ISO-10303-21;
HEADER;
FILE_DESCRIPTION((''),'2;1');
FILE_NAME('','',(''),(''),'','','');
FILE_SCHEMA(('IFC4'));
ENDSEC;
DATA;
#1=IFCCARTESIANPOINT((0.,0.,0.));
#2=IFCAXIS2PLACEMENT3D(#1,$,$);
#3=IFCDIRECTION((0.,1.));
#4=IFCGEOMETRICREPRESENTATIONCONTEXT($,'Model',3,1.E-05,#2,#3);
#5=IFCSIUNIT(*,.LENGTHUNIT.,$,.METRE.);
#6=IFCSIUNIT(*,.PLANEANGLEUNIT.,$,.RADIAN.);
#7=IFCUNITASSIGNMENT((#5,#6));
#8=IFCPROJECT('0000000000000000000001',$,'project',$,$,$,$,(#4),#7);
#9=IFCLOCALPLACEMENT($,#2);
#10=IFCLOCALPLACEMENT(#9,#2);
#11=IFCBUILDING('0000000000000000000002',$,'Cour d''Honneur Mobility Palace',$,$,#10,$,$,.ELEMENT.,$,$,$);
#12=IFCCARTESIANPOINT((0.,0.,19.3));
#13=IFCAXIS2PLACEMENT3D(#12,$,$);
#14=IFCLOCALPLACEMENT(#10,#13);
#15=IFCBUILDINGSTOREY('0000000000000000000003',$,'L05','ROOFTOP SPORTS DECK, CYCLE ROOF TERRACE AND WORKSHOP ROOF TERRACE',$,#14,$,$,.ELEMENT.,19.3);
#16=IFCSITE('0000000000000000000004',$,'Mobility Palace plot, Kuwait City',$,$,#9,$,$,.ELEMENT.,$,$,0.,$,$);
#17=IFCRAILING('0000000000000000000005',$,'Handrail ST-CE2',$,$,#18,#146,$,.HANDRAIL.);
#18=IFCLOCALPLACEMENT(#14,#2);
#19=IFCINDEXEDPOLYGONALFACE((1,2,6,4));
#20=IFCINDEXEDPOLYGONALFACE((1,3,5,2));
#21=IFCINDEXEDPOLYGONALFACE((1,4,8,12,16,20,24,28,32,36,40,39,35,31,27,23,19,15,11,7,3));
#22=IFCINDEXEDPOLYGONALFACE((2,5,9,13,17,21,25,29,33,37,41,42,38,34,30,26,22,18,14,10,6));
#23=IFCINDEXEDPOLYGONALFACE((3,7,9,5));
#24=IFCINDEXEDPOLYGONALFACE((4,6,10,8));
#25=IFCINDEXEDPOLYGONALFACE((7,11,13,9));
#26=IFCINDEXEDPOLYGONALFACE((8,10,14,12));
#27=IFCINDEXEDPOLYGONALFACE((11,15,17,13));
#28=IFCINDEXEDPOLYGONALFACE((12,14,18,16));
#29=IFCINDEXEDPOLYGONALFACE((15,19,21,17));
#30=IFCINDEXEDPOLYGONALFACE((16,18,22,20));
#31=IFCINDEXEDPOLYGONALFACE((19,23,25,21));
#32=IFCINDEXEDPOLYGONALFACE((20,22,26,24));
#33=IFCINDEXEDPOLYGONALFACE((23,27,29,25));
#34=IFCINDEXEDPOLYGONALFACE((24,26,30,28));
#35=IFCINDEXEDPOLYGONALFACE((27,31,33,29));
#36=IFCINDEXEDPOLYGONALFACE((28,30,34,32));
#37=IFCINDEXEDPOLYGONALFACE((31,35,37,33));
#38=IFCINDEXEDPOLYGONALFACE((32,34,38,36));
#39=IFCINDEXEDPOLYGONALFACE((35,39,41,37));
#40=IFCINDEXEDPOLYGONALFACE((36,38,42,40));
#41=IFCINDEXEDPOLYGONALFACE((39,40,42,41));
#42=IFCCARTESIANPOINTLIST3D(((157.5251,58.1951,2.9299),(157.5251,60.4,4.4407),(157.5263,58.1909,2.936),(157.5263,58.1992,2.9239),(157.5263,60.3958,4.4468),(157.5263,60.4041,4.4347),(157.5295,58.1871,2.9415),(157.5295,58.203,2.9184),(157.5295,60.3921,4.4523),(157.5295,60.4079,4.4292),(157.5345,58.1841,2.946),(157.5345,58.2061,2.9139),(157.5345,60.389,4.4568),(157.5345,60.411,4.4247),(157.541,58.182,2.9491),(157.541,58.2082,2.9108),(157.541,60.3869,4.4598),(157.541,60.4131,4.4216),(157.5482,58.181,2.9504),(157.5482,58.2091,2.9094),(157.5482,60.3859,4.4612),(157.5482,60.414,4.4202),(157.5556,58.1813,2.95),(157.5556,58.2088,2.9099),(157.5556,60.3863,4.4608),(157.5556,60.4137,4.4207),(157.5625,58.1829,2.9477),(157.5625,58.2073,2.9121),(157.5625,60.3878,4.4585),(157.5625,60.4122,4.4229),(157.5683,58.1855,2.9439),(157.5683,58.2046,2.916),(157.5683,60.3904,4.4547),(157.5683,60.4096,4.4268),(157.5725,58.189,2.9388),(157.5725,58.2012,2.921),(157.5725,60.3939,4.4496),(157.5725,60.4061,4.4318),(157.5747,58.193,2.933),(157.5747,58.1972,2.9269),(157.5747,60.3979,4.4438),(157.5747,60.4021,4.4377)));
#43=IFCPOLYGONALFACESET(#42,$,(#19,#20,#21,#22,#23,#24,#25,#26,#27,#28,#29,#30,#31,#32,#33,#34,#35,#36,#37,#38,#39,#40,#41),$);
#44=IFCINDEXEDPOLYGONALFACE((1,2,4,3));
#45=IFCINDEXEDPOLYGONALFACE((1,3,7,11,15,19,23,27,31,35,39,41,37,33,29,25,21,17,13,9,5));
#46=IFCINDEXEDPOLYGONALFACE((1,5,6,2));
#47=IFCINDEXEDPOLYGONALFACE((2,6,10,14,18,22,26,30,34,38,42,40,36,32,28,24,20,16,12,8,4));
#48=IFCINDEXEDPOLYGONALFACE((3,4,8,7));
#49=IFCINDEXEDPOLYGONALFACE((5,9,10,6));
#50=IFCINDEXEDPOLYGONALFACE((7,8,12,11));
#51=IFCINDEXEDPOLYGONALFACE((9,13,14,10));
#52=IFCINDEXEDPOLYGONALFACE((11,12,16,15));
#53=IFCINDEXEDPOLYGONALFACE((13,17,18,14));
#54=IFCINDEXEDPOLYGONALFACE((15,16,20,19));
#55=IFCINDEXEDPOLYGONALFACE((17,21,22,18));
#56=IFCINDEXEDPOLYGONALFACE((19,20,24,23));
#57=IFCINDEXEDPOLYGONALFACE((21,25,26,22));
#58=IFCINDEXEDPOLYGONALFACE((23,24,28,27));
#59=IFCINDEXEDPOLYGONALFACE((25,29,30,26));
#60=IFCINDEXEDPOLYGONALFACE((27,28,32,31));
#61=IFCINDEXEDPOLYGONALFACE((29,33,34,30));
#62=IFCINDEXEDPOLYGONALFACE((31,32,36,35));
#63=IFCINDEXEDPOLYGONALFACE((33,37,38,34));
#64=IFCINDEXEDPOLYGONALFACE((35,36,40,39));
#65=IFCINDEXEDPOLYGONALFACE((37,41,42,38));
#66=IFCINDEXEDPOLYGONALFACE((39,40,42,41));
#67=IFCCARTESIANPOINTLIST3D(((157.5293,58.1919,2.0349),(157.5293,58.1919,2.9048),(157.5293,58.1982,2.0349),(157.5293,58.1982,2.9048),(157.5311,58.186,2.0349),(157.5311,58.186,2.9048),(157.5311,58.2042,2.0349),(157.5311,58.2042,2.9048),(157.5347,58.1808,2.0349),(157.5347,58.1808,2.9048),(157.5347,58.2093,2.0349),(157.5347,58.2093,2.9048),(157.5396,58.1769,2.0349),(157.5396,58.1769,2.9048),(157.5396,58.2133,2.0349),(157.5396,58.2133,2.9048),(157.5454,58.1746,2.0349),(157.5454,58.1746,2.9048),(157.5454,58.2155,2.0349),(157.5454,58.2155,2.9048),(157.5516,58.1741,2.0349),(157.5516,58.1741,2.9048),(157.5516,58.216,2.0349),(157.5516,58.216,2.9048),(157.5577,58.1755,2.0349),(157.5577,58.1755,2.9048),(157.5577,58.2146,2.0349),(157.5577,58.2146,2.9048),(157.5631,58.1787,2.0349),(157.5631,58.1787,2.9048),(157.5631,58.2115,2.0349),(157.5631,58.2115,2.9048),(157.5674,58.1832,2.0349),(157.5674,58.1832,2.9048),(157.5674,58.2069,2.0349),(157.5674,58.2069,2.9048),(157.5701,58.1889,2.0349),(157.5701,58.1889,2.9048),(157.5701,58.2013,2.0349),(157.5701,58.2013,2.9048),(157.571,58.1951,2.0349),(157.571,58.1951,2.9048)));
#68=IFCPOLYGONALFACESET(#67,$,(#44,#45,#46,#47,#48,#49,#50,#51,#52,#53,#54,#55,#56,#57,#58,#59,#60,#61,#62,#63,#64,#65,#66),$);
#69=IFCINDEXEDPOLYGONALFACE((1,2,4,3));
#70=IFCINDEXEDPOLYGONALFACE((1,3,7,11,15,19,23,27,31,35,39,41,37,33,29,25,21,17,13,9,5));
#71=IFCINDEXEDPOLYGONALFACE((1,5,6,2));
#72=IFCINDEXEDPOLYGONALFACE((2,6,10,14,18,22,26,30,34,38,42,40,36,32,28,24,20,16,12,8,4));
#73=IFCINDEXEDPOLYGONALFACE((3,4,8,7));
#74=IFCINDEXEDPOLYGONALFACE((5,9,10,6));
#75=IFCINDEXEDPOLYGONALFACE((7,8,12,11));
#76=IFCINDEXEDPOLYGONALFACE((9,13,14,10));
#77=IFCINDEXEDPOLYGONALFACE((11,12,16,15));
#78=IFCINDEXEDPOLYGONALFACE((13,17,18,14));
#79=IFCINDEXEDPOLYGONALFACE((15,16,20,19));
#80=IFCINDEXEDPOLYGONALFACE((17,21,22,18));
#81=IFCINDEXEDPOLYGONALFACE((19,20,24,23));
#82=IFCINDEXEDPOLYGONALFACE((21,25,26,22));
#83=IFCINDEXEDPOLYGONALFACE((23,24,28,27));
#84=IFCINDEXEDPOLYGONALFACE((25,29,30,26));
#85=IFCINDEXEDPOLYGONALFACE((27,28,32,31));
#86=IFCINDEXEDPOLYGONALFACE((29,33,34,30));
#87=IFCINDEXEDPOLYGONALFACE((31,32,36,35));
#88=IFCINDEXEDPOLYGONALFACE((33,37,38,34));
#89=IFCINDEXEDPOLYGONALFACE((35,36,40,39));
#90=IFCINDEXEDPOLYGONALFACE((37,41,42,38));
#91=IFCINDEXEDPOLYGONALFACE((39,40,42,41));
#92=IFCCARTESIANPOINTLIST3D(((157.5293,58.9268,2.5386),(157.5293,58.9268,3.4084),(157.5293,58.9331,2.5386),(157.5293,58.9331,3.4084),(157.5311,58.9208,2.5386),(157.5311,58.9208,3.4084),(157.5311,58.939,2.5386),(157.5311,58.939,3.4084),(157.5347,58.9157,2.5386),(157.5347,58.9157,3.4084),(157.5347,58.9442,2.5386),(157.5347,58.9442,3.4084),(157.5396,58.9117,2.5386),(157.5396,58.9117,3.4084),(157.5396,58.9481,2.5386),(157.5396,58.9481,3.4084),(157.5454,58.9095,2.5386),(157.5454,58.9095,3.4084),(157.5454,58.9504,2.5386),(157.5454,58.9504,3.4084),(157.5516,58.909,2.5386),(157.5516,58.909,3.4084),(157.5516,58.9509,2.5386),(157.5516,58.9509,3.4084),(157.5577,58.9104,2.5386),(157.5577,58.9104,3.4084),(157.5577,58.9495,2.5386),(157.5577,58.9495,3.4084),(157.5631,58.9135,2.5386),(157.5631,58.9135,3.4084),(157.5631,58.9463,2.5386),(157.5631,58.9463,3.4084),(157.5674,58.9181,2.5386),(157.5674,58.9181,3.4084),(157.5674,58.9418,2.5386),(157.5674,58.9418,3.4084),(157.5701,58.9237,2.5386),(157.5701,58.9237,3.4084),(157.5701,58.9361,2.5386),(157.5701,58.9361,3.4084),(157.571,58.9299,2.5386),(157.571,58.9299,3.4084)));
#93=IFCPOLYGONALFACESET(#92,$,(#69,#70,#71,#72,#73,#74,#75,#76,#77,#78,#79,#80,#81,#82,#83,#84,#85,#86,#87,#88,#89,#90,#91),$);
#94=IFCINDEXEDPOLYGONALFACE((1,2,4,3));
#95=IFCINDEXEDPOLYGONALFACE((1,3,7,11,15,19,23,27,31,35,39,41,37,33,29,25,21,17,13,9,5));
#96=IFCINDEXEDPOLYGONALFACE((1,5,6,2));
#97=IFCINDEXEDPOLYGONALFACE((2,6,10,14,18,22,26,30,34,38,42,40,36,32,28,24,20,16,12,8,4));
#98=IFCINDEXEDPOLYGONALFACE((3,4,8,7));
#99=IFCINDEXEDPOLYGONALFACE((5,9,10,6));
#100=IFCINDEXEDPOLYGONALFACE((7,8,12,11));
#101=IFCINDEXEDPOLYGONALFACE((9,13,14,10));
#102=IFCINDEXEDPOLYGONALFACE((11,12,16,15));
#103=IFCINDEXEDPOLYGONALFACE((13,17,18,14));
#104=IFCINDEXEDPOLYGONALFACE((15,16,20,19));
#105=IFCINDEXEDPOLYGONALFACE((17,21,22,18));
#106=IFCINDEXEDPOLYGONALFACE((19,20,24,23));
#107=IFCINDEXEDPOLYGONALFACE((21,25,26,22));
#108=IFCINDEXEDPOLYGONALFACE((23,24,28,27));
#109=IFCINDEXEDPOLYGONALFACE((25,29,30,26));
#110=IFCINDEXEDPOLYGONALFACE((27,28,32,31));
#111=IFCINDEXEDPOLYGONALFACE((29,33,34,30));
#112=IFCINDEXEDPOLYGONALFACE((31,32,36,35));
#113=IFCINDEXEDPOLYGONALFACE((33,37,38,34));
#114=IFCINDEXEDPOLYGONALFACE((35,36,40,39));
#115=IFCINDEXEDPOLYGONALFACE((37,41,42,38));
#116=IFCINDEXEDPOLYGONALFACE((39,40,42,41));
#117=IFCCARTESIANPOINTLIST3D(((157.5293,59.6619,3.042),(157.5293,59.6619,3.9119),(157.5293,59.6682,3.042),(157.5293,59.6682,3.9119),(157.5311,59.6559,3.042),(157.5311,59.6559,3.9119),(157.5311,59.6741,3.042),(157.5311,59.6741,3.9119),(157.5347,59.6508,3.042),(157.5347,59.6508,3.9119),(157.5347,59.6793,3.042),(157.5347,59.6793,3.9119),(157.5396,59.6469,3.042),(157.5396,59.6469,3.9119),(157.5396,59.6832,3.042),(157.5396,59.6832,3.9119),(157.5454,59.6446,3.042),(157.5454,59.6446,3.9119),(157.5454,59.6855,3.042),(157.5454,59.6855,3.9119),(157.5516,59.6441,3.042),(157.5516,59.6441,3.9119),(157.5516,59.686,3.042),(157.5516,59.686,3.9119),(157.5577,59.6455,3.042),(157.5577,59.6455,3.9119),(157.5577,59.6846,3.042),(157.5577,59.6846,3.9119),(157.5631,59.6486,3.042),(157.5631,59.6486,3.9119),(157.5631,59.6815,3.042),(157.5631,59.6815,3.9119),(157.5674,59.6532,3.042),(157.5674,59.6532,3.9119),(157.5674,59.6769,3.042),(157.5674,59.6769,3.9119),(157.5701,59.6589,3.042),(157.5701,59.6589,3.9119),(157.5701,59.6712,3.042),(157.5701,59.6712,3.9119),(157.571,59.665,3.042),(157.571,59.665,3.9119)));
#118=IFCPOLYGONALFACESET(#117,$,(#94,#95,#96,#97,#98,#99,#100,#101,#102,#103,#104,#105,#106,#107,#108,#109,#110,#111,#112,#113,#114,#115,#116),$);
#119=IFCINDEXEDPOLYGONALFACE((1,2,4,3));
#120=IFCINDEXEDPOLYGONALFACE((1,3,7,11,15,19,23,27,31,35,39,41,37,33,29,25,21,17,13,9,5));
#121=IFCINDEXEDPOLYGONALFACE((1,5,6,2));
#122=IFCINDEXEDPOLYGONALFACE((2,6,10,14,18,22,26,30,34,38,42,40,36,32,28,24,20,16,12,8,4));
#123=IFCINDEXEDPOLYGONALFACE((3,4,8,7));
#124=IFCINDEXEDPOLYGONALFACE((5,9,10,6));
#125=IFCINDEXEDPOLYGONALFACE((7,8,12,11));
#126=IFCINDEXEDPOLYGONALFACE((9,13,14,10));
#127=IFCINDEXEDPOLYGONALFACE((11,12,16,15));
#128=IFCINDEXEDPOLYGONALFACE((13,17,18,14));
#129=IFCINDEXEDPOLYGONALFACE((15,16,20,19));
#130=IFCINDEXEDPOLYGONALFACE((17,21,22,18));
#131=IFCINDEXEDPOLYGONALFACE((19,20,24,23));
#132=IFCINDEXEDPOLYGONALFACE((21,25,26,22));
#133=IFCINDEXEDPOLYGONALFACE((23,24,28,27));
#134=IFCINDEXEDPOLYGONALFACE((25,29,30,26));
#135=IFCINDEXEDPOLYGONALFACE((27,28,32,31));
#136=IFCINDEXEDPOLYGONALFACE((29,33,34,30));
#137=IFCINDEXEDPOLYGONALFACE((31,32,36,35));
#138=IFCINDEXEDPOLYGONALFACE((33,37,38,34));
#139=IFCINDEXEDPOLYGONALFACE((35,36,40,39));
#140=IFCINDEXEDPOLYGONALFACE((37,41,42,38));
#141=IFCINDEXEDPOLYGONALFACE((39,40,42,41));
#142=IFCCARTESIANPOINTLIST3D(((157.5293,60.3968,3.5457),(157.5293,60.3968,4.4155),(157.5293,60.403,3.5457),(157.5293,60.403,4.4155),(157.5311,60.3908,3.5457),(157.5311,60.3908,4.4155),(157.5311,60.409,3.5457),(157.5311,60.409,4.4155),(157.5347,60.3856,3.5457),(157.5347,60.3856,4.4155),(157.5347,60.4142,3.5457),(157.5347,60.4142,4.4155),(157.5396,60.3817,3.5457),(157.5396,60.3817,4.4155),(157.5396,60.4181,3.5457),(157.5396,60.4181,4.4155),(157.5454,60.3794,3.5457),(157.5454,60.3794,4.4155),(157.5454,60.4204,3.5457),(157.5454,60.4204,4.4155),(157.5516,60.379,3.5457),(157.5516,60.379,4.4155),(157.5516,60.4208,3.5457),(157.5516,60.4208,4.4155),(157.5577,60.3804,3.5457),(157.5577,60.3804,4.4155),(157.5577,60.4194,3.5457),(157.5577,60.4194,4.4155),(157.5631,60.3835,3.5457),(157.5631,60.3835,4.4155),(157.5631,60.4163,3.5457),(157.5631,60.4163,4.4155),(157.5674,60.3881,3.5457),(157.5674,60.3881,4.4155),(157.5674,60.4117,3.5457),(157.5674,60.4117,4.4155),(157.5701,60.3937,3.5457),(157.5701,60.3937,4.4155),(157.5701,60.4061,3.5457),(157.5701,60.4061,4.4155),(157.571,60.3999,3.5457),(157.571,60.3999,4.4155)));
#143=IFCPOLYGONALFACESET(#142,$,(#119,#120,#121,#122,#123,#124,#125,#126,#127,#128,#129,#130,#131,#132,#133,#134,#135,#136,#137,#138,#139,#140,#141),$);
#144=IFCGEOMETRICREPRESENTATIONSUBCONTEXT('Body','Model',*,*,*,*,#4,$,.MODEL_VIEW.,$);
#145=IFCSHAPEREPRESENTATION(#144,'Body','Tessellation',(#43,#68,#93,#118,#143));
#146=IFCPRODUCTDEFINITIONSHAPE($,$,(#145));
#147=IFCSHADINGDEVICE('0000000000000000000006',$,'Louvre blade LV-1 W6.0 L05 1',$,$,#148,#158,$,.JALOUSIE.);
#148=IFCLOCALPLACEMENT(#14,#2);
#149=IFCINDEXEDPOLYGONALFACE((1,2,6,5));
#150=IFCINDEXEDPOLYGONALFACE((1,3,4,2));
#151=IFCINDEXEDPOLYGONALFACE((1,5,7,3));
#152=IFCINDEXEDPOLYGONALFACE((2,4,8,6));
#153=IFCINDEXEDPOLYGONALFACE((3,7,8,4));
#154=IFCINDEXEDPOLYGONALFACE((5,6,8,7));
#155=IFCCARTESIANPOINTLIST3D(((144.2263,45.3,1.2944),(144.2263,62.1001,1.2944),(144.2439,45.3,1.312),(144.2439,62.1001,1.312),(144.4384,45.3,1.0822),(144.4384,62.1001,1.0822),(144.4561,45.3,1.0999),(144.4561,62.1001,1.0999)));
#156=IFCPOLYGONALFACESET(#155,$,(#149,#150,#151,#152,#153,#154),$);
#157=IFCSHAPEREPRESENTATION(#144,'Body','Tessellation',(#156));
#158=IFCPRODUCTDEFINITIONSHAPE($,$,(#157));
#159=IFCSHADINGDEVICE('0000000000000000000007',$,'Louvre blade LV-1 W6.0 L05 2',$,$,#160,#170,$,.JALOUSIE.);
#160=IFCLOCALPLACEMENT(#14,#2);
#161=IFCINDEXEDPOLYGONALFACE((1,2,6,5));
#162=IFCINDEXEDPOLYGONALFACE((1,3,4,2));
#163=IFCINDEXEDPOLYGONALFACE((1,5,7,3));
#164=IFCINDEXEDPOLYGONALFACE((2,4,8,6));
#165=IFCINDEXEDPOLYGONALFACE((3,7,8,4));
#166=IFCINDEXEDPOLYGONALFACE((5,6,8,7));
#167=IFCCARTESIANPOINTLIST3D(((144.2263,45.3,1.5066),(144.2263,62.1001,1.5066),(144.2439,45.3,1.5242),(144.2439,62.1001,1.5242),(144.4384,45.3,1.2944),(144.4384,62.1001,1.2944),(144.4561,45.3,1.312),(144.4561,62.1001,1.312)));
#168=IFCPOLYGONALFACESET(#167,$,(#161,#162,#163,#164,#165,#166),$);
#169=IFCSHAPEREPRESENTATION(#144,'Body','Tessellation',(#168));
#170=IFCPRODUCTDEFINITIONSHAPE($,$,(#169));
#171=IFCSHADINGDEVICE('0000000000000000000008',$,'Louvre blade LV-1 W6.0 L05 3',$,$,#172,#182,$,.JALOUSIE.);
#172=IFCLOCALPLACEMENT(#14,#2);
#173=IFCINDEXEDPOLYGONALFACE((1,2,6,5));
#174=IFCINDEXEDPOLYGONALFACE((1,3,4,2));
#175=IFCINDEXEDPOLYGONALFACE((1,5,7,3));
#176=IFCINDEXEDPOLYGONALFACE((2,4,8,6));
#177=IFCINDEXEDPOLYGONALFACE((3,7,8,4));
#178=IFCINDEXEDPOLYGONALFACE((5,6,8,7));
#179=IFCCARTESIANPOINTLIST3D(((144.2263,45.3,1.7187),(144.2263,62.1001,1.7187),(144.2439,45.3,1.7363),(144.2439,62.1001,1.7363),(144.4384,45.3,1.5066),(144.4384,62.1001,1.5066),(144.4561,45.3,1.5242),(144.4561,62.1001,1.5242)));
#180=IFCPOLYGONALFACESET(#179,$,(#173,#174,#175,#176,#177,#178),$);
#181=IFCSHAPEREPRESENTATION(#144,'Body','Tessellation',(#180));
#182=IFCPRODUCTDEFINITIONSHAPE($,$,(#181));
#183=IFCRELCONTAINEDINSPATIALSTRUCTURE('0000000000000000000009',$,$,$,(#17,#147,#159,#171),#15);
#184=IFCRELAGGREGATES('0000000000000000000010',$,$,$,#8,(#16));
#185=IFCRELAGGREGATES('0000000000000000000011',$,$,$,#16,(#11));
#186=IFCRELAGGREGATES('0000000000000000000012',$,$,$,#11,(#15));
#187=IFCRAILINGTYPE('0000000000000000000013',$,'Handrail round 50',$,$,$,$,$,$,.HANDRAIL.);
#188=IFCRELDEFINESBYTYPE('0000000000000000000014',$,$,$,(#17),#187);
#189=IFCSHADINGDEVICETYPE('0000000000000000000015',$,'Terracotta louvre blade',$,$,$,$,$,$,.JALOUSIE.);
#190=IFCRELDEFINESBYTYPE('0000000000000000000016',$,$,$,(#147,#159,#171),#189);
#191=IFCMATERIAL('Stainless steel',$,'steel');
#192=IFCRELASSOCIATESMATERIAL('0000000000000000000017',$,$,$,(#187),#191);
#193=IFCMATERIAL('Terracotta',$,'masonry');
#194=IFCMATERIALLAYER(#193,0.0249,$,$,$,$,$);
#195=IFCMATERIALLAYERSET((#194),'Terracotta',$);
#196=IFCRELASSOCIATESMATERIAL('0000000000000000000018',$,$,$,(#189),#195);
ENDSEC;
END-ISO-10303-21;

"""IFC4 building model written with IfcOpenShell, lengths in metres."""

from ifc_helpers import new_model, si_unit, direction, frame, origin, origin_2d, place, context, subcontext, project, spatial, polyline, circle, outline, extrude, material, layer, layer_set, type_object, element, save


model = new_model("IFC4")

# Units and contexts
model_context = context("Model", 3, precision=1e-05, world=origin(), true_north=direction((0.0, 1.0)))
body_context = subcontext(model_context, "Body", "Model", "MODEL_VIEW")
ifc_project = project(units=[si_unit("LENGTHUNIT", "METRE"), si_unit("PLANEANGLEUNIT", "RADIAN")], contexts=[model_context])

# Site, building, storey
site_placement = place(None, origin())
site = spatial("IfcSite", under=ifc_project, at=site_placement, Name="Mobility Palace plot, Kuwait City", CompositionType="ELEMENT", RefElevation=0.0)
building_placement = place(site_placement, origin())
building = spatial("IfcBuilding", under=site, at=building_placement, Name="Cour d'Honneur Mobility Palace", CompositionType="ELEMENT")
storey_placement = place(building_placement, frame((0.0, 0.0, 19.3)))
storey = spatial("IfcBuildingStorey", under=building, at=storey_placement, Name="L05", Description="ROOFTOP SPORTS DECK, CYCLE ROOF TERRACE AND WORKSHOP ROOF TERRACE", CompositionType="ELEMENT", Elevation=19.3)

# Railing
ifc_material_1 = material(Name="Stainless steel", Category="steel")
railing_type_1 = type_object("IfcRailingType", Name="Handrail round 50", PredefinedType="HANDRAIL", material=ifc_material_1)
railing_1_placement = place(storey_placement, frame((157.55, 58.1951, 2.0349)))
element("IfcRailing", 1, at=railing_1_placement, inside=storey, type_object=railing_type_1, Name="Handrail ST-CE2", PredefinedType="HANDRAIL", context=body_context, shape_type="SweptSolid", body=[
    extrude(circle(Radius=0.0249, at=origin_2d()), frame((0.0, 0.0, 0.895), z_axis=(0.0, 0.824928, 0.565237), x_axis=(-1.0, 0.0, 0.0)), (0.0, 0.0, 1.0), 2.6729),
    extrude(circle(Radius=0.021, at=origin_2d()), origin(), (0.0, 0.0, 1.0), 0.8699),
    extrude(circle(Radius=0.021, at=origin_2d()), frame((0.0, 0.7349, 0.5037)), (0.0, 0.0, 1.0), 0.8699),
    extrude(circle(Radius=0.021, at=origin_2d()), frame((0.0, 1.47, 1.0071)), (0.0, 0.0, 1.0), 0.8699),
    extrude(circle(Radius=0.021, at=origin_2d()), frame((0.0, 2.2048, 1.5107)), (0.0, 0.0, 1.0), 0.8699),
])

# Shading devices
ifc_material_2 = material(Name="Terracotta", Category="masonry")
ifc_layer_1 = layer(ifc_material_2, 0.0249)
ifc_layer_set_1 = layer_set([ifc_layer_1], Name="Terracotta")
shading_device_type = type_object("IfcShadingDeviceType", Name="Terracotta louvre blade", PredefinedType="JALOUSIE", material=ifc_layer_set_1)
for number, where, z_axis, x_axis, name in (
    (2, (144.4561, 62.1001, 1.0999), (0.707107, 0.0, 0.707107), (0.0, -1.0, 0.0), "Louvre blade LV-1 W6.0 L05 1"),
    (3, (144.4561, 62.1001, 1.312), (0.707107, 0.0, 0.707107), (0.0, -1.0, 0.0), "Louvre blade LV-1 W6.0 L05 2"),
    (4, (144.4561, 62.1001, 1.5242), (0.707107, 0.0, 0.707107), (0.0, -1.0, 0.0), "Louvre blade LV-1 W6.0 L05 3"),
):
    element("IfcShadingDevice", number, at=place(storey_placement, frame(where, z_axis=z_axis, x_axis=x_axis)), inside=storey, type_object=shading_device_type, Name=name, PredefinedType="JALOUSIE", context=body_context, shape_type="SweptSolid", body=[
        extrude(outline(polyline([(0.0, 0.0), (16.8, 0.0), (16.8, -0.3), (0.0, -0.3), (0.0, 0.0)])), origin(), (0.0, 0.0, -1.0), 0.0249),
    ])

save(model, "model.ifc")
